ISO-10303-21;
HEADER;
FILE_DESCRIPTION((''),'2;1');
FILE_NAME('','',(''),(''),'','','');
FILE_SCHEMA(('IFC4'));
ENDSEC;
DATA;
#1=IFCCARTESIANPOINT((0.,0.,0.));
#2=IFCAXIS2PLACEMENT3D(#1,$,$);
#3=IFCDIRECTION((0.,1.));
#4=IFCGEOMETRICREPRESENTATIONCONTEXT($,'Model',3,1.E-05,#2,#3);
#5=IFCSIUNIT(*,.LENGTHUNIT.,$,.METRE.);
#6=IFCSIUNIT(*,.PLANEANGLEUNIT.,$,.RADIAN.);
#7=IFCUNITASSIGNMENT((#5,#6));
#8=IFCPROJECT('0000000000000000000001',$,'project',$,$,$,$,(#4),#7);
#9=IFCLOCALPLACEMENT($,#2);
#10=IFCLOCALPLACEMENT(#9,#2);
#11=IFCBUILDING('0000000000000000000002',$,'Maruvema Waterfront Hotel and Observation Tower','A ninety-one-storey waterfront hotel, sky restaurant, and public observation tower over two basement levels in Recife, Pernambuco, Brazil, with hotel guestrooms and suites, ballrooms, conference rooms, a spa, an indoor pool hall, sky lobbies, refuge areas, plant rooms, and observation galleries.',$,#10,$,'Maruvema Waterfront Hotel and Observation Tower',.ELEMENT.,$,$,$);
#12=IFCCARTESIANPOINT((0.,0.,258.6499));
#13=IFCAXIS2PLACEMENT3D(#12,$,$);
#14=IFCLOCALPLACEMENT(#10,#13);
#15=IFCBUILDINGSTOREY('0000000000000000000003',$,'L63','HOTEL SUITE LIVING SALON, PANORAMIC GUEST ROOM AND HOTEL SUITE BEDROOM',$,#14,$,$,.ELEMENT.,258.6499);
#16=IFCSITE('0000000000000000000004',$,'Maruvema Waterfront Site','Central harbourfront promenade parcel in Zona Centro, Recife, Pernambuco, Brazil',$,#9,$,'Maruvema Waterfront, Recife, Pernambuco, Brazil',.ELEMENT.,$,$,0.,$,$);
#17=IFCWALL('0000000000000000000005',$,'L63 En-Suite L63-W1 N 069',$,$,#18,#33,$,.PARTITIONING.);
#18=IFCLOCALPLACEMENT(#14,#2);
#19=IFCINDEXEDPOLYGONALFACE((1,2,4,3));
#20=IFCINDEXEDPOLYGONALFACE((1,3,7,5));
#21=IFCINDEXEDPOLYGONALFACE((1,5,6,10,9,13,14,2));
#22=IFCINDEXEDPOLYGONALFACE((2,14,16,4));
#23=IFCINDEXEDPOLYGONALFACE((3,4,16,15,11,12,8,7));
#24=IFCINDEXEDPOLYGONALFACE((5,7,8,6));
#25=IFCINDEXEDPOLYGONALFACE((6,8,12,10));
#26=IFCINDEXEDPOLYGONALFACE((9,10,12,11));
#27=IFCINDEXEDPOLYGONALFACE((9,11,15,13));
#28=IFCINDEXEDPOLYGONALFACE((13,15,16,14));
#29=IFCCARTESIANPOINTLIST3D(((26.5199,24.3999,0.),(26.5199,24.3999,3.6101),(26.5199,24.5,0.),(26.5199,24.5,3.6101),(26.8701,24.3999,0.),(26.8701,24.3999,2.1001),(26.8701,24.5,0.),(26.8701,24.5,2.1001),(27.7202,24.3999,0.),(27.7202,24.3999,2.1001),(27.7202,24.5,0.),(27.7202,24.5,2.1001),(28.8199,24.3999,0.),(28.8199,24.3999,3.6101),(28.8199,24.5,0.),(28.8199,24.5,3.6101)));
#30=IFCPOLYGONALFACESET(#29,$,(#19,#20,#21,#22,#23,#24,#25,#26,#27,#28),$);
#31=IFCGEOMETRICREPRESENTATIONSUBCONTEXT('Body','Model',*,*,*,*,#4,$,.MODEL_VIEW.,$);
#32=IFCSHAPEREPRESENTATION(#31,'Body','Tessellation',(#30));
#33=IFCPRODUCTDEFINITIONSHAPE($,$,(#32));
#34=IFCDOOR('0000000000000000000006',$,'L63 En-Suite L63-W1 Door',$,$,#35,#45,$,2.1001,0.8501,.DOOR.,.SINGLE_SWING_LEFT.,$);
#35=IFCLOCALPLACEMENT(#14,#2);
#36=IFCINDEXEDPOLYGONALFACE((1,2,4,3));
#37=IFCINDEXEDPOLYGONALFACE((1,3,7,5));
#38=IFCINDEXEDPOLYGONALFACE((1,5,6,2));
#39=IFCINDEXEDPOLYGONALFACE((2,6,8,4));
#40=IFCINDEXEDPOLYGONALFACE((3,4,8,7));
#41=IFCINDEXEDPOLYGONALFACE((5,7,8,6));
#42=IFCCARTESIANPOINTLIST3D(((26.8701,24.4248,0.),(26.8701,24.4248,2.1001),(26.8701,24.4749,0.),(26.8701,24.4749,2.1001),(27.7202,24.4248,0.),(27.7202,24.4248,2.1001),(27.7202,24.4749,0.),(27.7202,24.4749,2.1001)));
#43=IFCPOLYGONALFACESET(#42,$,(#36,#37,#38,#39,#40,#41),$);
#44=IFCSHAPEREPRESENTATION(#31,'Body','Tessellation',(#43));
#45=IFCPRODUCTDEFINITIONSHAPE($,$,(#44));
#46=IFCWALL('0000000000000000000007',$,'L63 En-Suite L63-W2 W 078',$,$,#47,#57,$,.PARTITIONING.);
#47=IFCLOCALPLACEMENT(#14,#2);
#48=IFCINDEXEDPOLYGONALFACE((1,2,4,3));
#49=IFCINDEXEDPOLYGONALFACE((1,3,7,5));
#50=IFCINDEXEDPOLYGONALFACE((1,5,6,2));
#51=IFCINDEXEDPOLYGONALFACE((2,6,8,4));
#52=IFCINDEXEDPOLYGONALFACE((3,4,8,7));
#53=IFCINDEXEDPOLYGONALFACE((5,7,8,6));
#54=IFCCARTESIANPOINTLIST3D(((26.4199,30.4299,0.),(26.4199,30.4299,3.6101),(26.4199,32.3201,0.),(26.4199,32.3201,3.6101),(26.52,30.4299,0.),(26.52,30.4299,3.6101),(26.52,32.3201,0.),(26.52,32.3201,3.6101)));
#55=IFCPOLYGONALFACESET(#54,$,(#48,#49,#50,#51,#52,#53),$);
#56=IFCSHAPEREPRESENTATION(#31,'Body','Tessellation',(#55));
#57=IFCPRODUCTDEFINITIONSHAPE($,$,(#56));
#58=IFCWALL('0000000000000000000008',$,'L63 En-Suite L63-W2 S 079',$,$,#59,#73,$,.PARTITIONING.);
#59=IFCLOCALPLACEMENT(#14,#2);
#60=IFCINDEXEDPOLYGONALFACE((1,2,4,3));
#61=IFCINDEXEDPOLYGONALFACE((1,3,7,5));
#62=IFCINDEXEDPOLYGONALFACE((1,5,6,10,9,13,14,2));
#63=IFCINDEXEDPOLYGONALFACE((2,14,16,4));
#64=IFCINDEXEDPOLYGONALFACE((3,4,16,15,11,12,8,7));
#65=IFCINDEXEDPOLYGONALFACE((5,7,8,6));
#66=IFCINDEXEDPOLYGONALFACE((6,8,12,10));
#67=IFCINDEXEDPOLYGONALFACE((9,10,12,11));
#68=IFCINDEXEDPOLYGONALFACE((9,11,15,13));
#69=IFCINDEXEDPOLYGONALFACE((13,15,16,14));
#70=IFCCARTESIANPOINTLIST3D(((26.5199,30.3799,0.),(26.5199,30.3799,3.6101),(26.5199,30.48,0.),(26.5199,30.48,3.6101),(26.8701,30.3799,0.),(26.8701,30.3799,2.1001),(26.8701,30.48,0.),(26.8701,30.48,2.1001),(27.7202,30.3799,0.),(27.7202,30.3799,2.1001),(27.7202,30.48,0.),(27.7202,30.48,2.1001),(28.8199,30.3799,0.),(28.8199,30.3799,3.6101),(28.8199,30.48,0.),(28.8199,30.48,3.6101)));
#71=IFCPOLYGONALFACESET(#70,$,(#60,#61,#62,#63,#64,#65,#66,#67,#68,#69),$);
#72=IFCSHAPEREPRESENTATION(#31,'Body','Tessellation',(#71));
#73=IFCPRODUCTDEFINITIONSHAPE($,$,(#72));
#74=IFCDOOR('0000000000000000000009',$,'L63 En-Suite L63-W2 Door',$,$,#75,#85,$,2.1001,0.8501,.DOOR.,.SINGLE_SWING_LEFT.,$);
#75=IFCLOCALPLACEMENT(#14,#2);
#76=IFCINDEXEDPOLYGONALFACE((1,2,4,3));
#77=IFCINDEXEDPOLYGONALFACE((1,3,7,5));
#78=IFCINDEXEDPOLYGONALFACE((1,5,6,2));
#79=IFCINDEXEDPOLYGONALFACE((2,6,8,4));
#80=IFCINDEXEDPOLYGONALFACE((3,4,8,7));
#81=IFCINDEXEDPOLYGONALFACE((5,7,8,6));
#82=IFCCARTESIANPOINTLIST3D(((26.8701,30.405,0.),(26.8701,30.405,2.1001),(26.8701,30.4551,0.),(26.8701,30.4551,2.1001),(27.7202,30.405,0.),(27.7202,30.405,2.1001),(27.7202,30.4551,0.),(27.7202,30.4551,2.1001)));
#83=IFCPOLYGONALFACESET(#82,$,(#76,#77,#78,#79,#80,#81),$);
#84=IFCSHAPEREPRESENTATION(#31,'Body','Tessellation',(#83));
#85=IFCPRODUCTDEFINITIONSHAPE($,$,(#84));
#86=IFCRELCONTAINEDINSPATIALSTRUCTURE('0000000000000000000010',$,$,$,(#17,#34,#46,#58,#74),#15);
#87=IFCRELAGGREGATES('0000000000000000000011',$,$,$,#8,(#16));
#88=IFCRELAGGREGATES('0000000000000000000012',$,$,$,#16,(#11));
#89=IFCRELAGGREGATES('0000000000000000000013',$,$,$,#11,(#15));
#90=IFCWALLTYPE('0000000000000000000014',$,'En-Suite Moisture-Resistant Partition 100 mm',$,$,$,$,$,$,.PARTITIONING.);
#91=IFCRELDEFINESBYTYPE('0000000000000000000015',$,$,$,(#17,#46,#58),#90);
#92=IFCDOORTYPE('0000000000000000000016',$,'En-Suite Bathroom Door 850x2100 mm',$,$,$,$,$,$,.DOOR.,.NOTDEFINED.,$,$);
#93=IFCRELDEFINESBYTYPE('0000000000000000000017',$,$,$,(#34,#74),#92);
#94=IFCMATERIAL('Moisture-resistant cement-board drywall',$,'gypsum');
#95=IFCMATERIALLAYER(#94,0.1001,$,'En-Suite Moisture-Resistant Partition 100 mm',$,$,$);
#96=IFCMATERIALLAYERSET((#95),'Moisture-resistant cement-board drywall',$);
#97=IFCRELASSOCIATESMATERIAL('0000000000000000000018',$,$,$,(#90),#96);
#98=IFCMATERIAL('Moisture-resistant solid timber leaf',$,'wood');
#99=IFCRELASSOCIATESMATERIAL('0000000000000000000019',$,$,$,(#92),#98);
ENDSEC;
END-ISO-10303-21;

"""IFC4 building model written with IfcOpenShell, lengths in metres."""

from ifc_helpers import new_model, si_unit, direction, frame, frame_2d, origin, place, context, subcontext, project, spatial, rectangle, extrude, material, layer, layer_set, type_object, element, fill, save


model = new_model("IFC4")

# Units and contexts
model_context = context("Model", 3, precision=1e-05, world=origin(), true_north=direction((0.0, 1.0)))
body_context = subcontext(model_context, "Body", "Model", "MODEL_VIEW")
ifc_project = project(units=[si_unit("LENGTHUNIT", "METRE"), si_unit("PLANEANGLEUNIT", "RADIAN")], contexts=[model_context])

# Site, building, storey
site_placement = place(None, origin())
site = spatial("IfcSite", under=ifc_project, at=site_placement, Name="Maruvema Waterfront Site", Description="Central harbourfront promenade parcel in Zona Centro, Recife, Pernambuco, Brazil", LongName="Maruvema Waterfront, Recife, Pernambuco, Brazil", CompositionType="ELEMENT", RefElevation=0.0)
building_placement = place(site_placement, origin())
building = spatial("IfcBuilding", under=site, at=building_placement, Name="Maruvema Waterfront Hotel and Observation Tower", Description="A ninety-one-storey waterfront hotel, sky restaurant, and public observation tower over two basement levels in Recife, Pernambuco, Brazil, with hotel guestrooms and suites, ballrooms, conference rooms, a spa, an indoor pool hall, sky lobbies, refuge areas, plant rooms, and observation galleries.", LongName="Maruvema Waterfront Hotel and Observation Tower", CompositionType="ELEMENT")
storey_placement = place(building_placement, frame((0.0, 0.0, 258.6499)))
storey = spatial("IfcBuildingStorey", under=building, at=storey_placement, Name="L63", Description="HOTEL SUITE LIVING SALON, PANORAMIC GUEST ROOM AND HOTEL SUITE BEDROOM", CompositionType="ELEMENT", Elevation=258.6499)

# Shared definitions
ifc_material_1 = material(Name="Moisture-resistant cement-board drywall", Category="gypsum")
ifc_layer_1 = layer(ifc_material_1, 0.1001, Name="En-Suite Moisture-Resistant Partition 100 mm")
ifc_layer_set_1 = layer_set([ifc_layer_1], Name="Moisture-resistant cement-board drywall")
wall_type_1 = type_object("IfcWallType", Name="En-Suite Moisture-Resistant Partition 100 mm", PredefinedType="PARTITIONING", material=ifc_layer_set_1)

# Wall, opening, door
wall_1_placement = place(storey_placement, frame((26.52, 24.45, 0.0), z_axis=(0.0, 0.0, 1.0), x_axis=(1.0, 0.0, 0.0)))
wall_1 = element("IfcWall", 1, at=wall_1_placement, inside=storey, type_object=wall_type_1, Name="L63 En-Suite L63-W1 N 069", PredefinedType="PARTITIONING", context=body_context, shape_type="SweptSolid", body=[
    extrude(rectangle(XDim=2.3, YDim=0.1001, at=frame_2d((1.1499, 0.0))), origin(), (0.0, 0.0, 1.0), 3.6101),
])
opening_1_placement = place(wall_1_placement, frame((0.3501, 0.0, 0.0)))
opening_1 = element("IfcOpeningElement", 2, at=opening_1_placement, cuts=wall_1, PredefinedType="OPENING", context=body_context, shape_type="SweptSolid", body=[
    extrude(rectangle(XDim=0.8501, YDim=2.1001, at=frame_2d((0.425, 1.05))), frame((0.0, 0.0601, 0.0), z_axis=(0.0, -1.0, 0.0), x_axis=(1.0, 0.0, 0.0)), (0.0, 0.0, 1.0), 0.1201),
])
ifc_material_2 = material(Name="Moisture-resistant solid timber leaf", Category="wood")
door_type_1 = type_object("IfcDoorType", Name="En-Suite Bathroom Door 850x2100 mm", OperationType="NOTDEFINED", PredefinedType="DOOR", material=ifc_material_2)
door_1_placement = place(opening_1_placement, origin())
door_1 = element("IfcDoor", 3, at=door_1_placement, inside=storey, type_object=door_type_1, Name="L63 En-Suite L63-W1 Door", OperationType="SINGLE_SWING_LEFT", OverallHeight=2.1001, OverallWidth=0.8501, PredefinedType="DOOR", context=body_context, shape_type="SweptSolid", body=[
    extrude(rectangle(XDim=0.8501, YDim=2.1001, at=frame_2d((0.425, 1.05))), frame((0.0, 0.0249, 0.0), z_axis=(0.0, -1.0, 0.0), x_axis=(1.0, 0.0, 0.0)), (0.0, 0.0, 1.0), 0.05),
])
fill(opening_1, door_1)

# Wall
wall_2_placement = place(storey_placement, frame((26.47, 30.4299, 0.0), z_axis=(0.0, 0.0, 1.0), x_axis=(0.0, 1.0, 0.0)))
element("IfcWall", 4, at=wall_2_placement, inside=storey, type_object=wall_type_1, Name="L63 En-Suite L63-W2 W 078", PredefinedType="PARTITIONING", context=body_context, shape_type="SweptSolid", body=[
    extrude(rectangle(XDim=1.8901, YDim=0.1001, at=frame_2d((0.9451, 0.0))), origin(), (0.0, 0.0, 1.0), 3.6101),
])

# Wall, opening, door
wall_3_placement = place(storey_placement, frame((26.52, 30.4299, 0.0), z_axis=(0.0, 0.0, 1.0), x_axis=(1.0, 0.0, 0.0)))
wall_3 = element("IfcWall", 5, at=wall_3_placement, inside=storey, type_object=wall_type_1, Name="L63 En-Suite L63-W2 S 079", PredefinedType="PARTITIONING", context=body_context, shape_type="SweptSolid", body=[
    extrude(rectangle(XDim=2.3, YDim=0.1001, at=frame_2d((1.1499, 0.0))), origin(), (0.0, 0.0, 1.0), 3.6101),
])
opening_2_placement = place(wall_3_placement, frame((0.3501, 0.0, 0.0)))
opening_2 = element("IfcOpeningElement", 6, at=opening_2_placement, cuts=wall_3, PredefinedType="OPENING", context=body_context, shape_type="SweptSolid", body=[
    extrude(rectangle(XDim=0.8501, YDim=2.1001, at=frame_2d((0.425, 1.05))), frame((0.0, 0.0601, 0.0), z_axis=(0.0, -1.0, 0.0), x_axis=(1.0, 0.0, 0.0)), (0.0, 0.0, 1.0), 0.1201),
])
door_2_placement = place(opening_2_placement, frame((0.8501, 0.0, 0.0), z_axis=(0.0, 0.0, 1.0), x_axis=(-1.0, 0.0, 0.0)))
door_2 = element("IfcDoor", 7, at=door_2_placement, inside=storey, type_object=door_type_1, Name="L63 En-Suite L63-W2 Door", OperationType="SINGLE_SWING_LEFT", OverallHeight=2.1001, OverallWidth=0.8501, PredefinedType="DOOR", context=body_context, shape_type="SweptSolid", body=[
    extrude(rectangle(XDim=0.8501, YDim=2.1001, at=frame_2d((0.425, 1.05))), frame((0.0, 0.0249, 0.0), z_axis=(0.0, -1.0, 0.0), x_axis=(1.0, 0.0, 0.0)), (0.0, 0.0, 1.0), 0.05),
])
fill(opening_2, door_2)

save(model, "model.ifc")
